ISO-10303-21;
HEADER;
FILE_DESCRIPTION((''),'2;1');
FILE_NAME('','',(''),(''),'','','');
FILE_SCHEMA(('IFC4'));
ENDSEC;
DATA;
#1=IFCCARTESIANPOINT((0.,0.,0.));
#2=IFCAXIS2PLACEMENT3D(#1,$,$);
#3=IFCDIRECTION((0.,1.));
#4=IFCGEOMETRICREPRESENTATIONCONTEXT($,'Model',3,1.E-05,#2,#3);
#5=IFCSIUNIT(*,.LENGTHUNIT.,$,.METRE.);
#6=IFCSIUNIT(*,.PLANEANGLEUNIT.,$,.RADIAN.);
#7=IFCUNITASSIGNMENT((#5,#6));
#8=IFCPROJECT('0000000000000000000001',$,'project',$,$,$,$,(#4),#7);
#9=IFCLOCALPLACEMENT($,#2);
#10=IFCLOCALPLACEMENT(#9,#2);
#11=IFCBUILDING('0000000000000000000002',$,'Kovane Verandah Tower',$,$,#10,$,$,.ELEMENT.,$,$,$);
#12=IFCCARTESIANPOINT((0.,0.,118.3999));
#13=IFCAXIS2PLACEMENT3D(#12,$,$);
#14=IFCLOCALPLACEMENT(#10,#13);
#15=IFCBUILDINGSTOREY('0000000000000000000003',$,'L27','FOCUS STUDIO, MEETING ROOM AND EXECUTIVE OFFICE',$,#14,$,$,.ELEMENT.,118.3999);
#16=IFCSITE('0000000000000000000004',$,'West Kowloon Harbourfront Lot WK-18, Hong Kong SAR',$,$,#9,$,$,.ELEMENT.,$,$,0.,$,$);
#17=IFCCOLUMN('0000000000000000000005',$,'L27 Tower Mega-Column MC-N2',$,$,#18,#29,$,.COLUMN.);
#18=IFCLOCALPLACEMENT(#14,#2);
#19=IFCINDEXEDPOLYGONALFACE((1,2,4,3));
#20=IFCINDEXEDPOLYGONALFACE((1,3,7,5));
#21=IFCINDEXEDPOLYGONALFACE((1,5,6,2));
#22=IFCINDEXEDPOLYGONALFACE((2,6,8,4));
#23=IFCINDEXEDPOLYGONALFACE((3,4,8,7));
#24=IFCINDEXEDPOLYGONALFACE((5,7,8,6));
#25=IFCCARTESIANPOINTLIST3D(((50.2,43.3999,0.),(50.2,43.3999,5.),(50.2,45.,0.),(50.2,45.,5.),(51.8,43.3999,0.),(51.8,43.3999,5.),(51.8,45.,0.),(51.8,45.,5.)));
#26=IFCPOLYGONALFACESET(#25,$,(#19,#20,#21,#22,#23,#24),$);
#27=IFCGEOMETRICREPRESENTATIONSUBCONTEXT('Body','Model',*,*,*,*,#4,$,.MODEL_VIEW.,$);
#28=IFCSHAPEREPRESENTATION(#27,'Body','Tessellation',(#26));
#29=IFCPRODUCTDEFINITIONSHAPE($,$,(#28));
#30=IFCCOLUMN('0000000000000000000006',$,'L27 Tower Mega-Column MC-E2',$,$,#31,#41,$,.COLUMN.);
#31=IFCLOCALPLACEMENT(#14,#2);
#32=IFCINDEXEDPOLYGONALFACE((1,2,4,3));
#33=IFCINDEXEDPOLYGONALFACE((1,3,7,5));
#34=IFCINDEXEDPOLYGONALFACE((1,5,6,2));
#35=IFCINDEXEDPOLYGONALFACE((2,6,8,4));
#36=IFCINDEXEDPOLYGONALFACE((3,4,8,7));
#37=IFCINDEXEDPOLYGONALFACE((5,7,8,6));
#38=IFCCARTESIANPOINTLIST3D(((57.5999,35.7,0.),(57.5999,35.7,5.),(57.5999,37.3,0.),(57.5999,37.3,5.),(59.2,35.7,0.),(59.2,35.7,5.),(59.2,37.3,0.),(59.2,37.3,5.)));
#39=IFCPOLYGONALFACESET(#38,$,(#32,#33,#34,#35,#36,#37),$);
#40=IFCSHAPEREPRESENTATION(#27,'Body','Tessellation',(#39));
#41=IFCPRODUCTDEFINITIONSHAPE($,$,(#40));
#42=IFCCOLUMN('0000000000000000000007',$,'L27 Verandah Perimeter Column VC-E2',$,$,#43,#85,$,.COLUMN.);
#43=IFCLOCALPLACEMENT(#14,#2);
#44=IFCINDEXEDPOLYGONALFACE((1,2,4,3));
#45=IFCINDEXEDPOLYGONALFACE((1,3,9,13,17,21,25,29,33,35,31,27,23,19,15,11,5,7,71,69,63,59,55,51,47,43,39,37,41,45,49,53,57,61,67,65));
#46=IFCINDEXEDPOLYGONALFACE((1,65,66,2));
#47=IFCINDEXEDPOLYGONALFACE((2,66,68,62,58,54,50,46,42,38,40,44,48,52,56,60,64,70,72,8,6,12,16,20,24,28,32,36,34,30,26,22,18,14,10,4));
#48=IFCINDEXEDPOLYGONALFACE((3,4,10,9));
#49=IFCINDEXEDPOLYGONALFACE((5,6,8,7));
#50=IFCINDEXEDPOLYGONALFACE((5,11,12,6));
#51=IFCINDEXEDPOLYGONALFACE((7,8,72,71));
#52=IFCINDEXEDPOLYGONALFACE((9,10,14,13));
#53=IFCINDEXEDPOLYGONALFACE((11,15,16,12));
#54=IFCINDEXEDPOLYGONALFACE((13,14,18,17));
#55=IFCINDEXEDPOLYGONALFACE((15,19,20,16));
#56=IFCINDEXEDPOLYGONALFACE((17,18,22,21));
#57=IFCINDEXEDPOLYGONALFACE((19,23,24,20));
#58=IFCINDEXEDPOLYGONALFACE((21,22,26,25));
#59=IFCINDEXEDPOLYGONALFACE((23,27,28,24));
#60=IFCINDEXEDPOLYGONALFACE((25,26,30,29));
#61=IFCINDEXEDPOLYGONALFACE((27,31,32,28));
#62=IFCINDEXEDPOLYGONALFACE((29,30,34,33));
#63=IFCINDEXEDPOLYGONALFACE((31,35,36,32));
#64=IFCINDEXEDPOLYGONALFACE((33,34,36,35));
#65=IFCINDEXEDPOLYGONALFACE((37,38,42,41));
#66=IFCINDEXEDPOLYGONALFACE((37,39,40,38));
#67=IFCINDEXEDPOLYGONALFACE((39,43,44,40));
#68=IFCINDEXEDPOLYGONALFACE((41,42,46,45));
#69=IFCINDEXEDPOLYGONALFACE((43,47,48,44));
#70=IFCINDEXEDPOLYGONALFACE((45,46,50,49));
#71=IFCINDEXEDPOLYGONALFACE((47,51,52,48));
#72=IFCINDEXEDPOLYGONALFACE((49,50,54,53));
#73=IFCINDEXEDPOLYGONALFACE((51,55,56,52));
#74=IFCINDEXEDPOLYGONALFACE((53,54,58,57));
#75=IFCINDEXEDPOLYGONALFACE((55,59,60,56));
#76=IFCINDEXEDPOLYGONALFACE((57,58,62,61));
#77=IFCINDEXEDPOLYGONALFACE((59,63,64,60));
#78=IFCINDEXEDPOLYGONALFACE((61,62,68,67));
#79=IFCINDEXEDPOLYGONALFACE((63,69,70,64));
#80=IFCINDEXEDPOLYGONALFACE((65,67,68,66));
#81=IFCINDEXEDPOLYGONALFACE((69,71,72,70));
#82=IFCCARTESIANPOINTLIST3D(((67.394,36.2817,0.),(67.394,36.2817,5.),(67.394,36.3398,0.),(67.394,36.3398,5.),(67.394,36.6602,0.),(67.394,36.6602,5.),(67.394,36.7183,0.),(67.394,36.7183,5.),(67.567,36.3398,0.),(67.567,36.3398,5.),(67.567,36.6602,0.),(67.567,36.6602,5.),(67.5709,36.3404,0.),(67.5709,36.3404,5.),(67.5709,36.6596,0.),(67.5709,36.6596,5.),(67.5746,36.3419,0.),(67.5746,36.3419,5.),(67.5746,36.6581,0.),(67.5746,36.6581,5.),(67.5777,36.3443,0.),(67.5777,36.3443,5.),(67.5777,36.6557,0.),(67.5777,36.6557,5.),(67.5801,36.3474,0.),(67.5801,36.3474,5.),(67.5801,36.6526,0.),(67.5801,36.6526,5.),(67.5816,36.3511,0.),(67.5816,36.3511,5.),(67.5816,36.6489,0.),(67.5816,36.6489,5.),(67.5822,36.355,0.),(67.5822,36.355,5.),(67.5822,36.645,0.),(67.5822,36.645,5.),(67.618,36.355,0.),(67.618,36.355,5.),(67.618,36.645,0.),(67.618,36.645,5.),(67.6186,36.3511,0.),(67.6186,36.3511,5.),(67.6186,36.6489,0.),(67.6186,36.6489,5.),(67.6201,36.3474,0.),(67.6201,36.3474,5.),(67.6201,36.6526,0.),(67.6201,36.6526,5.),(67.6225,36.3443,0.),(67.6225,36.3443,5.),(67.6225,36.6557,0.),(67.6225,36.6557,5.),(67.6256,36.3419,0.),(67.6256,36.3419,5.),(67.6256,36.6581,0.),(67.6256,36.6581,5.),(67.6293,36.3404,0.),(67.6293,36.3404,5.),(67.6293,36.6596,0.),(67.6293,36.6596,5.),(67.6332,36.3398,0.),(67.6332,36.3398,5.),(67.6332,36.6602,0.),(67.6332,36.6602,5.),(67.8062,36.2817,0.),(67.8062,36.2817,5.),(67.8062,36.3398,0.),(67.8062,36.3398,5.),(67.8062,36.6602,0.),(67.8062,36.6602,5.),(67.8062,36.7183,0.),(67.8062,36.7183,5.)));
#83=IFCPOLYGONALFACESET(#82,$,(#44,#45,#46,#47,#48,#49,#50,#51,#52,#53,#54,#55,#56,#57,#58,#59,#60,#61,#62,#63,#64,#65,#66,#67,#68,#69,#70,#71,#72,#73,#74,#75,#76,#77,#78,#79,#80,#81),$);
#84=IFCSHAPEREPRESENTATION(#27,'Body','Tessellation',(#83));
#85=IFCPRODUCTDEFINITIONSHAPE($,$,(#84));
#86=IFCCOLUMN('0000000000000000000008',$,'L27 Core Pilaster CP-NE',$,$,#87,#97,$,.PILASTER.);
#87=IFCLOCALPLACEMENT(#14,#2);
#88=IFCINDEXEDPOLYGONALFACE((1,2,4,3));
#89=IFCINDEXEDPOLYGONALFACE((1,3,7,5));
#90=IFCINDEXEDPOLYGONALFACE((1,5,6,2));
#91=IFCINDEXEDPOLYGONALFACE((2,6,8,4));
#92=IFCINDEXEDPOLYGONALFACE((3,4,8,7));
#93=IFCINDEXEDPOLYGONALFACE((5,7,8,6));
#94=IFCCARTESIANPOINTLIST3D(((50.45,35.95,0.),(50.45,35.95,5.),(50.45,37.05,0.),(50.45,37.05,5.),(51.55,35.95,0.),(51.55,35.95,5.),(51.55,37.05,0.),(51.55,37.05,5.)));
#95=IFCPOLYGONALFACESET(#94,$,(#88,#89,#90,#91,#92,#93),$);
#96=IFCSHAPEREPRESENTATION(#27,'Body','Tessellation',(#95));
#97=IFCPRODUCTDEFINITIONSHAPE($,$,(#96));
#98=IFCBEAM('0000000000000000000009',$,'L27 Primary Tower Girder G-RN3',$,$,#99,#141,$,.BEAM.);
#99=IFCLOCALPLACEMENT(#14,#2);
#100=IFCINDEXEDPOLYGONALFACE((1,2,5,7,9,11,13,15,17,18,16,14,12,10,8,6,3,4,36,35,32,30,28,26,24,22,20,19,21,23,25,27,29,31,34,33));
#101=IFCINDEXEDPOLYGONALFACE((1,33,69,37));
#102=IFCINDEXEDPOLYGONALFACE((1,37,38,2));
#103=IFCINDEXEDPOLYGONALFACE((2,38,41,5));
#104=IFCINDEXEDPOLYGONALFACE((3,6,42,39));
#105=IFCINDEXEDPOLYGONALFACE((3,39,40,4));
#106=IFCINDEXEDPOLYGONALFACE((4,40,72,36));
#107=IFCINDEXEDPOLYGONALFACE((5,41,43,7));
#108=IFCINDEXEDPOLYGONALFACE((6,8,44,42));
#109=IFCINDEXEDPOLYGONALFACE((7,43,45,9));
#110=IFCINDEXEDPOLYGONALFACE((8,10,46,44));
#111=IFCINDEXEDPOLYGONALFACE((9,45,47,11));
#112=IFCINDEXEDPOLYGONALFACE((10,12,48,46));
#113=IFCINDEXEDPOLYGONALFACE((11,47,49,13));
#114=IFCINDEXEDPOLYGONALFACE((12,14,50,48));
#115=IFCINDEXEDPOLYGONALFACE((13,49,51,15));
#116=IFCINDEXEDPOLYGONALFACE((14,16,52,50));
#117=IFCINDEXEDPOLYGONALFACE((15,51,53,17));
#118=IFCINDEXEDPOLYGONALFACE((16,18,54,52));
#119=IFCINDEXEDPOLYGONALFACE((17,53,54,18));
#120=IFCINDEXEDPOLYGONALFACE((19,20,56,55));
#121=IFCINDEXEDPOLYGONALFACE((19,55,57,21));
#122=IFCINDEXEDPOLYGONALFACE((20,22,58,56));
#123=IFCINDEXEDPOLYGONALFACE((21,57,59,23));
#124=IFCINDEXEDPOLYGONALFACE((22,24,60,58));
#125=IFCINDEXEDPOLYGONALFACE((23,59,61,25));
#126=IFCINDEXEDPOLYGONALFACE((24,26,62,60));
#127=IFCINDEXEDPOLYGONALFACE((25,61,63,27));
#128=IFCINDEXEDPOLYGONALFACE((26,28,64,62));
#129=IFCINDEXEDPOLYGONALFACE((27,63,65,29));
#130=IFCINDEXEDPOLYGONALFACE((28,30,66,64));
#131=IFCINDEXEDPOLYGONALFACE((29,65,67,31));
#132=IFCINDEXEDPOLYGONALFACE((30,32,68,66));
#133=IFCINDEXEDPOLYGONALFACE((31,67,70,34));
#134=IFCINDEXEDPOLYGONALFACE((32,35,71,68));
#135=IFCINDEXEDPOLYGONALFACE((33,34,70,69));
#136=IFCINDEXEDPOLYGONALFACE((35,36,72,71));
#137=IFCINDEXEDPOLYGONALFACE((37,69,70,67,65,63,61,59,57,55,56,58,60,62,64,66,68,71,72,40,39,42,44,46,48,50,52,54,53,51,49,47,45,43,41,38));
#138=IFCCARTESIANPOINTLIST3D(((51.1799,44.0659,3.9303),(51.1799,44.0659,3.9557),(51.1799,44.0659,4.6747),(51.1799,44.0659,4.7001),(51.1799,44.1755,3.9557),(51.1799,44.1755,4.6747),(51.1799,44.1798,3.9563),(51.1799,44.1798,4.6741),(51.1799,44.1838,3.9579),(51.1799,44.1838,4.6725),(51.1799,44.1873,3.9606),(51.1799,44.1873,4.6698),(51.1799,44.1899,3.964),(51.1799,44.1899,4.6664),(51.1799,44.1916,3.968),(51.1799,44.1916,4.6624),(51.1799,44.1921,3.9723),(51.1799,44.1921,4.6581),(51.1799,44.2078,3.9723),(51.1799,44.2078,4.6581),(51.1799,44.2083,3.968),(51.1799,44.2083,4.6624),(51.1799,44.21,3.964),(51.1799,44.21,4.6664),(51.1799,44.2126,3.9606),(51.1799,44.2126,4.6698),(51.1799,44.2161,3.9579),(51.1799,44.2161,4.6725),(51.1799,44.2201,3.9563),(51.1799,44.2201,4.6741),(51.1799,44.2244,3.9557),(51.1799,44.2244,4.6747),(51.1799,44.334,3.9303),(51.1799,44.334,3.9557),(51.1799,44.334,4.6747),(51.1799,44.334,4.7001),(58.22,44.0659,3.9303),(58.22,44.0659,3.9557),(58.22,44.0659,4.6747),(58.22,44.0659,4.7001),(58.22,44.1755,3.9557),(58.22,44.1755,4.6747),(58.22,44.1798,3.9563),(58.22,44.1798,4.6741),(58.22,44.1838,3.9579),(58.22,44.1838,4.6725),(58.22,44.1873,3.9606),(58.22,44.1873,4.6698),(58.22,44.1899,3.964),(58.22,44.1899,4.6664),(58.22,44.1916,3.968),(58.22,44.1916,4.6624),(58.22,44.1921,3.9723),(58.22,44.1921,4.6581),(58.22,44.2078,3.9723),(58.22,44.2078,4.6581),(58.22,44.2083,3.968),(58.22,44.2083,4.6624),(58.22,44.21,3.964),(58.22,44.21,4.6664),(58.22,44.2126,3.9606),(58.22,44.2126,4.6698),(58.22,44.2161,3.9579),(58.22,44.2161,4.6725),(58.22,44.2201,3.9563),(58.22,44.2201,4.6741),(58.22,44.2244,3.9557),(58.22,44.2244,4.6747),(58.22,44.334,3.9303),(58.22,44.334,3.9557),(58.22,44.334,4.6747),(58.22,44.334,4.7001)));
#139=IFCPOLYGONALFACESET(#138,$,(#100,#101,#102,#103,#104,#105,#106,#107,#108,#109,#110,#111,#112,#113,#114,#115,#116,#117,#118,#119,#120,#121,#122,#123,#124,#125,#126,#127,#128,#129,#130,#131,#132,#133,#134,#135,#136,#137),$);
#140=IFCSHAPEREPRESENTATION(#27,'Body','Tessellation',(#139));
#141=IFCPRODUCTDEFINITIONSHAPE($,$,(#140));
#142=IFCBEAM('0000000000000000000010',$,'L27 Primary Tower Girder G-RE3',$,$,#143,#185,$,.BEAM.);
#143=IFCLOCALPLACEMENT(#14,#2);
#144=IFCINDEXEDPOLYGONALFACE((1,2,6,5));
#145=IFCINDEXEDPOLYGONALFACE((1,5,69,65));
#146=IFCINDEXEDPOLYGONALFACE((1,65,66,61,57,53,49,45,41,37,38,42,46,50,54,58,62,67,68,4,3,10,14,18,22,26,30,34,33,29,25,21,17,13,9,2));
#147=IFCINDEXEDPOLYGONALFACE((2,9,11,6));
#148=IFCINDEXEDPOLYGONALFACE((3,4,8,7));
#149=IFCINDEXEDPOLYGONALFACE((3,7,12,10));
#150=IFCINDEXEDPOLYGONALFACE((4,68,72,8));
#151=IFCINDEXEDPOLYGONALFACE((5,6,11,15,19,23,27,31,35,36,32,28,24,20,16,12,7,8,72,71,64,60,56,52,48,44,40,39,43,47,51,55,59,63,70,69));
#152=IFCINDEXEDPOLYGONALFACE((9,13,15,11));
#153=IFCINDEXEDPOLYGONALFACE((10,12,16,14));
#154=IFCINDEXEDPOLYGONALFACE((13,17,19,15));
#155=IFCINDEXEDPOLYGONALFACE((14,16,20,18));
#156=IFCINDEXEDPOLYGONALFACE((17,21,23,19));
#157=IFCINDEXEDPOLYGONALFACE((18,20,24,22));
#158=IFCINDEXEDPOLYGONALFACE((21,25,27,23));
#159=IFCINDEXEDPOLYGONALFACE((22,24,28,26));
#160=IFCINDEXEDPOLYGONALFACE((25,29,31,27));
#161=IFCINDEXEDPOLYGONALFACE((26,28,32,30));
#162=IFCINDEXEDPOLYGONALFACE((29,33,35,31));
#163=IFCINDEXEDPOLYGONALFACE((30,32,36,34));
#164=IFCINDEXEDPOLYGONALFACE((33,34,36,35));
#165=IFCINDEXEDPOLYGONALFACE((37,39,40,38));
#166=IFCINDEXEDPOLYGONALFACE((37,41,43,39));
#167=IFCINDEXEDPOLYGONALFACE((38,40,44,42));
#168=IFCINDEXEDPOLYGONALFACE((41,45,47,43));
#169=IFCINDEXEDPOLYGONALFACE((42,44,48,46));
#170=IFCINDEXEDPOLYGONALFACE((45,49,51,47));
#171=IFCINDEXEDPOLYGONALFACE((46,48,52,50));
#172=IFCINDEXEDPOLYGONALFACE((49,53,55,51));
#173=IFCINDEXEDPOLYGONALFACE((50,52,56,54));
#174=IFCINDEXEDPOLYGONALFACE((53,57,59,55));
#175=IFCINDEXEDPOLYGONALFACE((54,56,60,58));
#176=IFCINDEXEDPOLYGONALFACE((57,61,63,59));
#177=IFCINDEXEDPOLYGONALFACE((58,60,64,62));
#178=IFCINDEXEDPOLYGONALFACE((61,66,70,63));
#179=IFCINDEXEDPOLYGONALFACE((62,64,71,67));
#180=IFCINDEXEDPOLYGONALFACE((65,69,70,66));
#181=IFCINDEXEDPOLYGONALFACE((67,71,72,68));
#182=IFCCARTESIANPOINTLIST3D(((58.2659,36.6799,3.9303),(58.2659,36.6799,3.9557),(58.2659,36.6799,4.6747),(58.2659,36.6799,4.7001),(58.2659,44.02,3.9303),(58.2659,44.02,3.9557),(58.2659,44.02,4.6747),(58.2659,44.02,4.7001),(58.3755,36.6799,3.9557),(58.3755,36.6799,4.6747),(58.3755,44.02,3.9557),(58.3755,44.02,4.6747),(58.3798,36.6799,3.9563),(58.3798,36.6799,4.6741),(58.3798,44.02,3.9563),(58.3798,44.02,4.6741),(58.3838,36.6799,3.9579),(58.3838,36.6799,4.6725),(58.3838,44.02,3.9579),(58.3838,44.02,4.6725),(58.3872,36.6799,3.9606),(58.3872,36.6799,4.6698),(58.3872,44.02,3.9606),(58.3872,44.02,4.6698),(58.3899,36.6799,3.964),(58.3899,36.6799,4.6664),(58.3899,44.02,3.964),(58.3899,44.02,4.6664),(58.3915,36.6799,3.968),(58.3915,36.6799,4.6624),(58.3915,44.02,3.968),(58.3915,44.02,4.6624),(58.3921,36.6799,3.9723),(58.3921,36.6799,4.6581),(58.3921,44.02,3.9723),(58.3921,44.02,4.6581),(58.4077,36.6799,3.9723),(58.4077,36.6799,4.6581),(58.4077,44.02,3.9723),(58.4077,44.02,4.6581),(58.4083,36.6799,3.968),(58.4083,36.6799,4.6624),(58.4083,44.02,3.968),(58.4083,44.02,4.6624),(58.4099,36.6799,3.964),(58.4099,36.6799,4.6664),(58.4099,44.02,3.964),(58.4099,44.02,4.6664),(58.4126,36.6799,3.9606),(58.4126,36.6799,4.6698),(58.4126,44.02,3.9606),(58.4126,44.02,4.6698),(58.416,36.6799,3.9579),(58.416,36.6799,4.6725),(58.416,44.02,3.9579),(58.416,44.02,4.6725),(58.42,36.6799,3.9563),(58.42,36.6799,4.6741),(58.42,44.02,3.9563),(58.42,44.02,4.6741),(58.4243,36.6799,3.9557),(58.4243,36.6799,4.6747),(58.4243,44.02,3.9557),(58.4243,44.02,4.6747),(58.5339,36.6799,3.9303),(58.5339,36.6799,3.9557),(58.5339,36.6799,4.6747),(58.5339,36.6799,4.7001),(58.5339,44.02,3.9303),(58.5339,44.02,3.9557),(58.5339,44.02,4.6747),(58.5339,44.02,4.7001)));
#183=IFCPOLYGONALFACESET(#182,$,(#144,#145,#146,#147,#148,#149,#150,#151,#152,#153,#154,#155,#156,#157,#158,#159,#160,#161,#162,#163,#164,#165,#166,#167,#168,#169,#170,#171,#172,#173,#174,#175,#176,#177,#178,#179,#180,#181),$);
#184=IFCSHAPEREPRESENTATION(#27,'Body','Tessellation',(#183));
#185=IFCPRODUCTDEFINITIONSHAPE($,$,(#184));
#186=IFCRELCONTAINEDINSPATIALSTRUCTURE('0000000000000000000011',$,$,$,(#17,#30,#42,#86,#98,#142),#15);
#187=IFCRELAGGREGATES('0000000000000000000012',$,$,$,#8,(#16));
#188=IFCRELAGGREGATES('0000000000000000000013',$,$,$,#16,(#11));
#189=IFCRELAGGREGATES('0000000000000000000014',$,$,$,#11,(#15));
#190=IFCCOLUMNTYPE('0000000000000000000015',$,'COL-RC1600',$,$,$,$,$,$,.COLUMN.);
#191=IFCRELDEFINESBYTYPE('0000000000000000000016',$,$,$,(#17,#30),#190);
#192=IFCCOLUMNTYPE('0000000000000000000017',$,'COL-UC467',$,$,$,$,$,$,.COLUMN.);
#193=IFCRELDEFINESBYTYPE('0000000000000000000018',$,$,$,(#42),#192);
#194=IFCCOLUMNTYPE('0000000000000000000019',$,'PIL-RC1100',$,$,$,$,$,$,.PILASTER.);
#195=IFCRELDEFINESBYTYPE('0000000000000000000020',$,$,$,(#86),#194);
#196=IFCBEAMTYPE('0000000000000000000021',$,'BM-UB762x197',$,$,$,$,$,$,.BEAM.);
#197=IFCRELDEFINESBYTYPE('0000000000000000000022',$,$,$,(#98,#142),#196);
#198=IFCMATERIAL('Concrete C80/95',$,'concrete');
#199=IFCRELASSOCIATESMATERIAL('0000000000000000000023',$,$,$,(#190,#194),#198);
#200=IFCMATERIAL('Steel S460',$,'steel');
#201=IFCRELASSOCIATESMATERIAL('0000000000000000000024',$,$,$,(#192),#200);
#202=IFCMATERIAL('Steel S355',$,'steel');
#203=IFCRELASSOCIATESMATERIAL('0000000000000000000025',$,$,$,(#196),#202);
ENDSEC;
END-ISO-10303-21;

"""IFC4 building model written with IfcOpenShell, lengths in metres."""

from ifc_helpers import new_model, si_unit, direction, frame, origin, origin_2d, place, context, subcontext, project, spatial, rectangle, i_section, extrude, material, material_profile, profile_set, type_object, element, save


model = new_model("IFC4")

# Units and contexts
model_context = context("Model", 3, precision=1e-05, world=origin(), true_north=direction((0.0, 1.0)))
body_context = subcontext(model_context, "Body", "Model", "MODEL_VIEW")
ifc_project = project(units=[si_unit("LENGTHUNIT", "METRE"), si_unit("PLANEANGLEUNIT", "RADIAN")], contexts=[model_context])

# Site, building, storey
site_placement = place(None, origin())
site = spatial("IfcSite", under=ifc_project, at=site_placement, Name="West Kowloon Harbourfront Lot WK-18, Hong Kong SAR", CompositionType="ELEMENT", RefElevation=0.0)
building_placement = place(site_placement, origin())
building = spatial("IfcBuilding", under=site, at=building_placement, Name="Kovane Verandah Tower", CompositionType="ELEMENT")
storey_placement = place(building_placement, frame((0.0, 0.0, 118.3999)))
storey = spatial("IfcBuildingStorey", under=building, at=storey_placement, Name="L27", Description="FOCUS STUDIO, MEETING ROOM AND EXECUTIVE OFFICE", CompositionType="ELEMENT", Elevation=118.3999)

# Columns
ifc_material_1 = material(Name="Concrete C80/95", Category="concrete")
ifc_material_profile_1 = material_profile(ifc_material_1, rectangle(XDim=1.6001, YDim=1.6001, at=origin_2d()), Name="RC1600x1600")
ifc_profile_set_1 = profile_set([ifc_material_profile_1], Name="Concrete C80/95")
column_type_1 = type_object("IfcColumnType", Name="COL-RC1600", PredefinedType="COLUMN", material=ifc_profile_set_1)
for number, where, z_axis, x_axis, name in (
    (1, (51.0, 44.2, 0.0), (0.0, 0.0, 1.0), (1.0, 0.0, 0.0), "L27 Tower Mega-Column MC-N2"),
    (2, (58.3999, 36.5, 0.0), (0.0, 0.0, 1.0), (1.0, 0.0, 0.0), "L27 Tower Mega-Column MC-E2"),
):
    element("IfcColumn", number, at=place(storey_placement, frame(where, z_axis=z_axis, x_axis=x_axis)), inside=storey, type_object=column_type_1, Name=name, PredefinedType="COLUMN", context=body_context, shape_type="SweptSolid", body=[
        extrude(rectangle(XDim=1.6001, YDim=1.6001, at=origin_2d()), origin(), (0.0, 0.0, 1.0), 5.0),
    ])
ifc_material_2 = material(Name="Steel S460", Category="steel")
ifc_material_profile_2 = material_profile(ifc_material_2, i_section(OverallWidth=0.4121, OverallDepth=0.4365, WebThickness=0.0359, FlangeThickness=0.0581, FilletRadius=0.0151, at=origin_2d()), Name="UC356x406x467")
ifc_profile_set_2 = profile_set([ifc_material_profile_2], Name="Steel S460")
column_type_2 = type_object("IfcColumnType", Name="COL-UC467", PredefinedType="COLUMN", material=ifc_profile_set_2)
column_1_placement = place(storey_placement, frame((67.6001, 36.5, 0.0), z_axis=(0.0, 0.0, 1.0), x_axis=(1.0, 0.0, 0.0)))
element("IfcColumn", 3, at=column_1_placement, inside=storey, type_object=column_type_2, Name="L27 Verandah Perimeter Column VC-E2", PredefinedType="COLUMN", context=body_context, shape_type="SweptSolid", body=[
    extrude(i_section(OverallWidth=0.4121, OverallDepth=0.4365, WebThickness=0.0359, FlangeThickness=0.0581, FilletRadius=0.0151, at=origin_2d()), origin(), (0.0, 0.0, 1.0), 5.0),
])
ifc_material_profile_3 = material_profile(ifc_material_1, rectangle(XDim=1.1001, YDim=1.1001, at=origin_2d()), Name="RC1100x1100")
ifc_profile_set_3 = profile_set([ifc_material_profile_3], Name="Concrete C80/95")
column_type_3 = type_object("IfcColumnType", Name="PIL-RC1100", PredefinedType="PILASTER", material=ifc_profile_set_3)
column_2_placement = place(storey_placement, frame((51.0, 36.5, 0.0), z_axis=(0.0, 0.0, 1.0), x_axis=(1.0, 0.0, 0.0)))
element("IfcColumn", 4, at=column_2_placement, inside=storey, type_object=column_type_3, Name="L27 Core Pilaster CP-NE", PredefinedType="PILASTER", context=body_context, shape_type="SweptSolid", body=[
    extrude(rectangle(XDim=1.1001, YDim=1.1001, at=origin_2d()), origin(), (0.0, 0.0, 1.0), 5.0),
])

# Beams
ifc_material_3 = material(Name="Steel S355", Category="steel")
ifc_material_profile_4 = material_profile(ifc_material_3, i_section(OverallWidth=0.2681, OverallDepth=0.7698, WebThickness=0.0156, FlangeThickness=0.0254, FilletRadius=0.0166, at=origin_2d()), Name="UB762x267x197")
ifc_profile_set_4 = profile_set([ifc_material_profile_4], Name="Steel S355")
beam_type_1 = type_object("IfcBeamType", Name="BM-UB762x197", PredefinedType="BEAM", material=ifc_profile_set_4)
beam_1_placement = place(storey_placement, frame((51.1799, 44.2, 4.3152), z_axis=(1.0, 0.0, 0.0), x_axis=(0.0, 1.0, 0.0)))
element("IfcBeam", 5, at=beam_1_placement, inside=storey, type_object=beam_type_1, Name="L27 Primary Tower Girder G-RN3", PredefinedType="BEAM", context=body_context, shape_type="SweptSolid", body=[
    extrude(i_section(OverallWidth=0.2681, OverallDepth=0.7698, WebThickness=0.0156, FlangeThickness=0.0254, FilletRadius=0.0166, at=origin_2d()), origin(), (0.0, 0.0, 1.0), 7.04),
])
beam_2_placement = place(storey_placement, frame((58.3999, 36.6799, 4.3152), z_axis=(0.0, 1.0, 0.0), x_axis=(-1.0, 0.0, 0.0)))
element("IfcBeam", 6, at=beam_2_placement, inside=storey, type_object=beam_type_1, Name="L27 Primary Tower Girder G-RE3", PredefinedType="BEAM", context=body_context, shape_type="SweptSolid", body=[
    extrude(i_section(OverallWidth=0.2681, OverallDepth=0.7698, WebThickness=0.0156, FlangeThickness=0.0254, FilletRadius=0.0166, at=origin_2d()), origin(), (0.0, 0.0, 1.0), 7.3401),
])

save(model, "model.ifc")
